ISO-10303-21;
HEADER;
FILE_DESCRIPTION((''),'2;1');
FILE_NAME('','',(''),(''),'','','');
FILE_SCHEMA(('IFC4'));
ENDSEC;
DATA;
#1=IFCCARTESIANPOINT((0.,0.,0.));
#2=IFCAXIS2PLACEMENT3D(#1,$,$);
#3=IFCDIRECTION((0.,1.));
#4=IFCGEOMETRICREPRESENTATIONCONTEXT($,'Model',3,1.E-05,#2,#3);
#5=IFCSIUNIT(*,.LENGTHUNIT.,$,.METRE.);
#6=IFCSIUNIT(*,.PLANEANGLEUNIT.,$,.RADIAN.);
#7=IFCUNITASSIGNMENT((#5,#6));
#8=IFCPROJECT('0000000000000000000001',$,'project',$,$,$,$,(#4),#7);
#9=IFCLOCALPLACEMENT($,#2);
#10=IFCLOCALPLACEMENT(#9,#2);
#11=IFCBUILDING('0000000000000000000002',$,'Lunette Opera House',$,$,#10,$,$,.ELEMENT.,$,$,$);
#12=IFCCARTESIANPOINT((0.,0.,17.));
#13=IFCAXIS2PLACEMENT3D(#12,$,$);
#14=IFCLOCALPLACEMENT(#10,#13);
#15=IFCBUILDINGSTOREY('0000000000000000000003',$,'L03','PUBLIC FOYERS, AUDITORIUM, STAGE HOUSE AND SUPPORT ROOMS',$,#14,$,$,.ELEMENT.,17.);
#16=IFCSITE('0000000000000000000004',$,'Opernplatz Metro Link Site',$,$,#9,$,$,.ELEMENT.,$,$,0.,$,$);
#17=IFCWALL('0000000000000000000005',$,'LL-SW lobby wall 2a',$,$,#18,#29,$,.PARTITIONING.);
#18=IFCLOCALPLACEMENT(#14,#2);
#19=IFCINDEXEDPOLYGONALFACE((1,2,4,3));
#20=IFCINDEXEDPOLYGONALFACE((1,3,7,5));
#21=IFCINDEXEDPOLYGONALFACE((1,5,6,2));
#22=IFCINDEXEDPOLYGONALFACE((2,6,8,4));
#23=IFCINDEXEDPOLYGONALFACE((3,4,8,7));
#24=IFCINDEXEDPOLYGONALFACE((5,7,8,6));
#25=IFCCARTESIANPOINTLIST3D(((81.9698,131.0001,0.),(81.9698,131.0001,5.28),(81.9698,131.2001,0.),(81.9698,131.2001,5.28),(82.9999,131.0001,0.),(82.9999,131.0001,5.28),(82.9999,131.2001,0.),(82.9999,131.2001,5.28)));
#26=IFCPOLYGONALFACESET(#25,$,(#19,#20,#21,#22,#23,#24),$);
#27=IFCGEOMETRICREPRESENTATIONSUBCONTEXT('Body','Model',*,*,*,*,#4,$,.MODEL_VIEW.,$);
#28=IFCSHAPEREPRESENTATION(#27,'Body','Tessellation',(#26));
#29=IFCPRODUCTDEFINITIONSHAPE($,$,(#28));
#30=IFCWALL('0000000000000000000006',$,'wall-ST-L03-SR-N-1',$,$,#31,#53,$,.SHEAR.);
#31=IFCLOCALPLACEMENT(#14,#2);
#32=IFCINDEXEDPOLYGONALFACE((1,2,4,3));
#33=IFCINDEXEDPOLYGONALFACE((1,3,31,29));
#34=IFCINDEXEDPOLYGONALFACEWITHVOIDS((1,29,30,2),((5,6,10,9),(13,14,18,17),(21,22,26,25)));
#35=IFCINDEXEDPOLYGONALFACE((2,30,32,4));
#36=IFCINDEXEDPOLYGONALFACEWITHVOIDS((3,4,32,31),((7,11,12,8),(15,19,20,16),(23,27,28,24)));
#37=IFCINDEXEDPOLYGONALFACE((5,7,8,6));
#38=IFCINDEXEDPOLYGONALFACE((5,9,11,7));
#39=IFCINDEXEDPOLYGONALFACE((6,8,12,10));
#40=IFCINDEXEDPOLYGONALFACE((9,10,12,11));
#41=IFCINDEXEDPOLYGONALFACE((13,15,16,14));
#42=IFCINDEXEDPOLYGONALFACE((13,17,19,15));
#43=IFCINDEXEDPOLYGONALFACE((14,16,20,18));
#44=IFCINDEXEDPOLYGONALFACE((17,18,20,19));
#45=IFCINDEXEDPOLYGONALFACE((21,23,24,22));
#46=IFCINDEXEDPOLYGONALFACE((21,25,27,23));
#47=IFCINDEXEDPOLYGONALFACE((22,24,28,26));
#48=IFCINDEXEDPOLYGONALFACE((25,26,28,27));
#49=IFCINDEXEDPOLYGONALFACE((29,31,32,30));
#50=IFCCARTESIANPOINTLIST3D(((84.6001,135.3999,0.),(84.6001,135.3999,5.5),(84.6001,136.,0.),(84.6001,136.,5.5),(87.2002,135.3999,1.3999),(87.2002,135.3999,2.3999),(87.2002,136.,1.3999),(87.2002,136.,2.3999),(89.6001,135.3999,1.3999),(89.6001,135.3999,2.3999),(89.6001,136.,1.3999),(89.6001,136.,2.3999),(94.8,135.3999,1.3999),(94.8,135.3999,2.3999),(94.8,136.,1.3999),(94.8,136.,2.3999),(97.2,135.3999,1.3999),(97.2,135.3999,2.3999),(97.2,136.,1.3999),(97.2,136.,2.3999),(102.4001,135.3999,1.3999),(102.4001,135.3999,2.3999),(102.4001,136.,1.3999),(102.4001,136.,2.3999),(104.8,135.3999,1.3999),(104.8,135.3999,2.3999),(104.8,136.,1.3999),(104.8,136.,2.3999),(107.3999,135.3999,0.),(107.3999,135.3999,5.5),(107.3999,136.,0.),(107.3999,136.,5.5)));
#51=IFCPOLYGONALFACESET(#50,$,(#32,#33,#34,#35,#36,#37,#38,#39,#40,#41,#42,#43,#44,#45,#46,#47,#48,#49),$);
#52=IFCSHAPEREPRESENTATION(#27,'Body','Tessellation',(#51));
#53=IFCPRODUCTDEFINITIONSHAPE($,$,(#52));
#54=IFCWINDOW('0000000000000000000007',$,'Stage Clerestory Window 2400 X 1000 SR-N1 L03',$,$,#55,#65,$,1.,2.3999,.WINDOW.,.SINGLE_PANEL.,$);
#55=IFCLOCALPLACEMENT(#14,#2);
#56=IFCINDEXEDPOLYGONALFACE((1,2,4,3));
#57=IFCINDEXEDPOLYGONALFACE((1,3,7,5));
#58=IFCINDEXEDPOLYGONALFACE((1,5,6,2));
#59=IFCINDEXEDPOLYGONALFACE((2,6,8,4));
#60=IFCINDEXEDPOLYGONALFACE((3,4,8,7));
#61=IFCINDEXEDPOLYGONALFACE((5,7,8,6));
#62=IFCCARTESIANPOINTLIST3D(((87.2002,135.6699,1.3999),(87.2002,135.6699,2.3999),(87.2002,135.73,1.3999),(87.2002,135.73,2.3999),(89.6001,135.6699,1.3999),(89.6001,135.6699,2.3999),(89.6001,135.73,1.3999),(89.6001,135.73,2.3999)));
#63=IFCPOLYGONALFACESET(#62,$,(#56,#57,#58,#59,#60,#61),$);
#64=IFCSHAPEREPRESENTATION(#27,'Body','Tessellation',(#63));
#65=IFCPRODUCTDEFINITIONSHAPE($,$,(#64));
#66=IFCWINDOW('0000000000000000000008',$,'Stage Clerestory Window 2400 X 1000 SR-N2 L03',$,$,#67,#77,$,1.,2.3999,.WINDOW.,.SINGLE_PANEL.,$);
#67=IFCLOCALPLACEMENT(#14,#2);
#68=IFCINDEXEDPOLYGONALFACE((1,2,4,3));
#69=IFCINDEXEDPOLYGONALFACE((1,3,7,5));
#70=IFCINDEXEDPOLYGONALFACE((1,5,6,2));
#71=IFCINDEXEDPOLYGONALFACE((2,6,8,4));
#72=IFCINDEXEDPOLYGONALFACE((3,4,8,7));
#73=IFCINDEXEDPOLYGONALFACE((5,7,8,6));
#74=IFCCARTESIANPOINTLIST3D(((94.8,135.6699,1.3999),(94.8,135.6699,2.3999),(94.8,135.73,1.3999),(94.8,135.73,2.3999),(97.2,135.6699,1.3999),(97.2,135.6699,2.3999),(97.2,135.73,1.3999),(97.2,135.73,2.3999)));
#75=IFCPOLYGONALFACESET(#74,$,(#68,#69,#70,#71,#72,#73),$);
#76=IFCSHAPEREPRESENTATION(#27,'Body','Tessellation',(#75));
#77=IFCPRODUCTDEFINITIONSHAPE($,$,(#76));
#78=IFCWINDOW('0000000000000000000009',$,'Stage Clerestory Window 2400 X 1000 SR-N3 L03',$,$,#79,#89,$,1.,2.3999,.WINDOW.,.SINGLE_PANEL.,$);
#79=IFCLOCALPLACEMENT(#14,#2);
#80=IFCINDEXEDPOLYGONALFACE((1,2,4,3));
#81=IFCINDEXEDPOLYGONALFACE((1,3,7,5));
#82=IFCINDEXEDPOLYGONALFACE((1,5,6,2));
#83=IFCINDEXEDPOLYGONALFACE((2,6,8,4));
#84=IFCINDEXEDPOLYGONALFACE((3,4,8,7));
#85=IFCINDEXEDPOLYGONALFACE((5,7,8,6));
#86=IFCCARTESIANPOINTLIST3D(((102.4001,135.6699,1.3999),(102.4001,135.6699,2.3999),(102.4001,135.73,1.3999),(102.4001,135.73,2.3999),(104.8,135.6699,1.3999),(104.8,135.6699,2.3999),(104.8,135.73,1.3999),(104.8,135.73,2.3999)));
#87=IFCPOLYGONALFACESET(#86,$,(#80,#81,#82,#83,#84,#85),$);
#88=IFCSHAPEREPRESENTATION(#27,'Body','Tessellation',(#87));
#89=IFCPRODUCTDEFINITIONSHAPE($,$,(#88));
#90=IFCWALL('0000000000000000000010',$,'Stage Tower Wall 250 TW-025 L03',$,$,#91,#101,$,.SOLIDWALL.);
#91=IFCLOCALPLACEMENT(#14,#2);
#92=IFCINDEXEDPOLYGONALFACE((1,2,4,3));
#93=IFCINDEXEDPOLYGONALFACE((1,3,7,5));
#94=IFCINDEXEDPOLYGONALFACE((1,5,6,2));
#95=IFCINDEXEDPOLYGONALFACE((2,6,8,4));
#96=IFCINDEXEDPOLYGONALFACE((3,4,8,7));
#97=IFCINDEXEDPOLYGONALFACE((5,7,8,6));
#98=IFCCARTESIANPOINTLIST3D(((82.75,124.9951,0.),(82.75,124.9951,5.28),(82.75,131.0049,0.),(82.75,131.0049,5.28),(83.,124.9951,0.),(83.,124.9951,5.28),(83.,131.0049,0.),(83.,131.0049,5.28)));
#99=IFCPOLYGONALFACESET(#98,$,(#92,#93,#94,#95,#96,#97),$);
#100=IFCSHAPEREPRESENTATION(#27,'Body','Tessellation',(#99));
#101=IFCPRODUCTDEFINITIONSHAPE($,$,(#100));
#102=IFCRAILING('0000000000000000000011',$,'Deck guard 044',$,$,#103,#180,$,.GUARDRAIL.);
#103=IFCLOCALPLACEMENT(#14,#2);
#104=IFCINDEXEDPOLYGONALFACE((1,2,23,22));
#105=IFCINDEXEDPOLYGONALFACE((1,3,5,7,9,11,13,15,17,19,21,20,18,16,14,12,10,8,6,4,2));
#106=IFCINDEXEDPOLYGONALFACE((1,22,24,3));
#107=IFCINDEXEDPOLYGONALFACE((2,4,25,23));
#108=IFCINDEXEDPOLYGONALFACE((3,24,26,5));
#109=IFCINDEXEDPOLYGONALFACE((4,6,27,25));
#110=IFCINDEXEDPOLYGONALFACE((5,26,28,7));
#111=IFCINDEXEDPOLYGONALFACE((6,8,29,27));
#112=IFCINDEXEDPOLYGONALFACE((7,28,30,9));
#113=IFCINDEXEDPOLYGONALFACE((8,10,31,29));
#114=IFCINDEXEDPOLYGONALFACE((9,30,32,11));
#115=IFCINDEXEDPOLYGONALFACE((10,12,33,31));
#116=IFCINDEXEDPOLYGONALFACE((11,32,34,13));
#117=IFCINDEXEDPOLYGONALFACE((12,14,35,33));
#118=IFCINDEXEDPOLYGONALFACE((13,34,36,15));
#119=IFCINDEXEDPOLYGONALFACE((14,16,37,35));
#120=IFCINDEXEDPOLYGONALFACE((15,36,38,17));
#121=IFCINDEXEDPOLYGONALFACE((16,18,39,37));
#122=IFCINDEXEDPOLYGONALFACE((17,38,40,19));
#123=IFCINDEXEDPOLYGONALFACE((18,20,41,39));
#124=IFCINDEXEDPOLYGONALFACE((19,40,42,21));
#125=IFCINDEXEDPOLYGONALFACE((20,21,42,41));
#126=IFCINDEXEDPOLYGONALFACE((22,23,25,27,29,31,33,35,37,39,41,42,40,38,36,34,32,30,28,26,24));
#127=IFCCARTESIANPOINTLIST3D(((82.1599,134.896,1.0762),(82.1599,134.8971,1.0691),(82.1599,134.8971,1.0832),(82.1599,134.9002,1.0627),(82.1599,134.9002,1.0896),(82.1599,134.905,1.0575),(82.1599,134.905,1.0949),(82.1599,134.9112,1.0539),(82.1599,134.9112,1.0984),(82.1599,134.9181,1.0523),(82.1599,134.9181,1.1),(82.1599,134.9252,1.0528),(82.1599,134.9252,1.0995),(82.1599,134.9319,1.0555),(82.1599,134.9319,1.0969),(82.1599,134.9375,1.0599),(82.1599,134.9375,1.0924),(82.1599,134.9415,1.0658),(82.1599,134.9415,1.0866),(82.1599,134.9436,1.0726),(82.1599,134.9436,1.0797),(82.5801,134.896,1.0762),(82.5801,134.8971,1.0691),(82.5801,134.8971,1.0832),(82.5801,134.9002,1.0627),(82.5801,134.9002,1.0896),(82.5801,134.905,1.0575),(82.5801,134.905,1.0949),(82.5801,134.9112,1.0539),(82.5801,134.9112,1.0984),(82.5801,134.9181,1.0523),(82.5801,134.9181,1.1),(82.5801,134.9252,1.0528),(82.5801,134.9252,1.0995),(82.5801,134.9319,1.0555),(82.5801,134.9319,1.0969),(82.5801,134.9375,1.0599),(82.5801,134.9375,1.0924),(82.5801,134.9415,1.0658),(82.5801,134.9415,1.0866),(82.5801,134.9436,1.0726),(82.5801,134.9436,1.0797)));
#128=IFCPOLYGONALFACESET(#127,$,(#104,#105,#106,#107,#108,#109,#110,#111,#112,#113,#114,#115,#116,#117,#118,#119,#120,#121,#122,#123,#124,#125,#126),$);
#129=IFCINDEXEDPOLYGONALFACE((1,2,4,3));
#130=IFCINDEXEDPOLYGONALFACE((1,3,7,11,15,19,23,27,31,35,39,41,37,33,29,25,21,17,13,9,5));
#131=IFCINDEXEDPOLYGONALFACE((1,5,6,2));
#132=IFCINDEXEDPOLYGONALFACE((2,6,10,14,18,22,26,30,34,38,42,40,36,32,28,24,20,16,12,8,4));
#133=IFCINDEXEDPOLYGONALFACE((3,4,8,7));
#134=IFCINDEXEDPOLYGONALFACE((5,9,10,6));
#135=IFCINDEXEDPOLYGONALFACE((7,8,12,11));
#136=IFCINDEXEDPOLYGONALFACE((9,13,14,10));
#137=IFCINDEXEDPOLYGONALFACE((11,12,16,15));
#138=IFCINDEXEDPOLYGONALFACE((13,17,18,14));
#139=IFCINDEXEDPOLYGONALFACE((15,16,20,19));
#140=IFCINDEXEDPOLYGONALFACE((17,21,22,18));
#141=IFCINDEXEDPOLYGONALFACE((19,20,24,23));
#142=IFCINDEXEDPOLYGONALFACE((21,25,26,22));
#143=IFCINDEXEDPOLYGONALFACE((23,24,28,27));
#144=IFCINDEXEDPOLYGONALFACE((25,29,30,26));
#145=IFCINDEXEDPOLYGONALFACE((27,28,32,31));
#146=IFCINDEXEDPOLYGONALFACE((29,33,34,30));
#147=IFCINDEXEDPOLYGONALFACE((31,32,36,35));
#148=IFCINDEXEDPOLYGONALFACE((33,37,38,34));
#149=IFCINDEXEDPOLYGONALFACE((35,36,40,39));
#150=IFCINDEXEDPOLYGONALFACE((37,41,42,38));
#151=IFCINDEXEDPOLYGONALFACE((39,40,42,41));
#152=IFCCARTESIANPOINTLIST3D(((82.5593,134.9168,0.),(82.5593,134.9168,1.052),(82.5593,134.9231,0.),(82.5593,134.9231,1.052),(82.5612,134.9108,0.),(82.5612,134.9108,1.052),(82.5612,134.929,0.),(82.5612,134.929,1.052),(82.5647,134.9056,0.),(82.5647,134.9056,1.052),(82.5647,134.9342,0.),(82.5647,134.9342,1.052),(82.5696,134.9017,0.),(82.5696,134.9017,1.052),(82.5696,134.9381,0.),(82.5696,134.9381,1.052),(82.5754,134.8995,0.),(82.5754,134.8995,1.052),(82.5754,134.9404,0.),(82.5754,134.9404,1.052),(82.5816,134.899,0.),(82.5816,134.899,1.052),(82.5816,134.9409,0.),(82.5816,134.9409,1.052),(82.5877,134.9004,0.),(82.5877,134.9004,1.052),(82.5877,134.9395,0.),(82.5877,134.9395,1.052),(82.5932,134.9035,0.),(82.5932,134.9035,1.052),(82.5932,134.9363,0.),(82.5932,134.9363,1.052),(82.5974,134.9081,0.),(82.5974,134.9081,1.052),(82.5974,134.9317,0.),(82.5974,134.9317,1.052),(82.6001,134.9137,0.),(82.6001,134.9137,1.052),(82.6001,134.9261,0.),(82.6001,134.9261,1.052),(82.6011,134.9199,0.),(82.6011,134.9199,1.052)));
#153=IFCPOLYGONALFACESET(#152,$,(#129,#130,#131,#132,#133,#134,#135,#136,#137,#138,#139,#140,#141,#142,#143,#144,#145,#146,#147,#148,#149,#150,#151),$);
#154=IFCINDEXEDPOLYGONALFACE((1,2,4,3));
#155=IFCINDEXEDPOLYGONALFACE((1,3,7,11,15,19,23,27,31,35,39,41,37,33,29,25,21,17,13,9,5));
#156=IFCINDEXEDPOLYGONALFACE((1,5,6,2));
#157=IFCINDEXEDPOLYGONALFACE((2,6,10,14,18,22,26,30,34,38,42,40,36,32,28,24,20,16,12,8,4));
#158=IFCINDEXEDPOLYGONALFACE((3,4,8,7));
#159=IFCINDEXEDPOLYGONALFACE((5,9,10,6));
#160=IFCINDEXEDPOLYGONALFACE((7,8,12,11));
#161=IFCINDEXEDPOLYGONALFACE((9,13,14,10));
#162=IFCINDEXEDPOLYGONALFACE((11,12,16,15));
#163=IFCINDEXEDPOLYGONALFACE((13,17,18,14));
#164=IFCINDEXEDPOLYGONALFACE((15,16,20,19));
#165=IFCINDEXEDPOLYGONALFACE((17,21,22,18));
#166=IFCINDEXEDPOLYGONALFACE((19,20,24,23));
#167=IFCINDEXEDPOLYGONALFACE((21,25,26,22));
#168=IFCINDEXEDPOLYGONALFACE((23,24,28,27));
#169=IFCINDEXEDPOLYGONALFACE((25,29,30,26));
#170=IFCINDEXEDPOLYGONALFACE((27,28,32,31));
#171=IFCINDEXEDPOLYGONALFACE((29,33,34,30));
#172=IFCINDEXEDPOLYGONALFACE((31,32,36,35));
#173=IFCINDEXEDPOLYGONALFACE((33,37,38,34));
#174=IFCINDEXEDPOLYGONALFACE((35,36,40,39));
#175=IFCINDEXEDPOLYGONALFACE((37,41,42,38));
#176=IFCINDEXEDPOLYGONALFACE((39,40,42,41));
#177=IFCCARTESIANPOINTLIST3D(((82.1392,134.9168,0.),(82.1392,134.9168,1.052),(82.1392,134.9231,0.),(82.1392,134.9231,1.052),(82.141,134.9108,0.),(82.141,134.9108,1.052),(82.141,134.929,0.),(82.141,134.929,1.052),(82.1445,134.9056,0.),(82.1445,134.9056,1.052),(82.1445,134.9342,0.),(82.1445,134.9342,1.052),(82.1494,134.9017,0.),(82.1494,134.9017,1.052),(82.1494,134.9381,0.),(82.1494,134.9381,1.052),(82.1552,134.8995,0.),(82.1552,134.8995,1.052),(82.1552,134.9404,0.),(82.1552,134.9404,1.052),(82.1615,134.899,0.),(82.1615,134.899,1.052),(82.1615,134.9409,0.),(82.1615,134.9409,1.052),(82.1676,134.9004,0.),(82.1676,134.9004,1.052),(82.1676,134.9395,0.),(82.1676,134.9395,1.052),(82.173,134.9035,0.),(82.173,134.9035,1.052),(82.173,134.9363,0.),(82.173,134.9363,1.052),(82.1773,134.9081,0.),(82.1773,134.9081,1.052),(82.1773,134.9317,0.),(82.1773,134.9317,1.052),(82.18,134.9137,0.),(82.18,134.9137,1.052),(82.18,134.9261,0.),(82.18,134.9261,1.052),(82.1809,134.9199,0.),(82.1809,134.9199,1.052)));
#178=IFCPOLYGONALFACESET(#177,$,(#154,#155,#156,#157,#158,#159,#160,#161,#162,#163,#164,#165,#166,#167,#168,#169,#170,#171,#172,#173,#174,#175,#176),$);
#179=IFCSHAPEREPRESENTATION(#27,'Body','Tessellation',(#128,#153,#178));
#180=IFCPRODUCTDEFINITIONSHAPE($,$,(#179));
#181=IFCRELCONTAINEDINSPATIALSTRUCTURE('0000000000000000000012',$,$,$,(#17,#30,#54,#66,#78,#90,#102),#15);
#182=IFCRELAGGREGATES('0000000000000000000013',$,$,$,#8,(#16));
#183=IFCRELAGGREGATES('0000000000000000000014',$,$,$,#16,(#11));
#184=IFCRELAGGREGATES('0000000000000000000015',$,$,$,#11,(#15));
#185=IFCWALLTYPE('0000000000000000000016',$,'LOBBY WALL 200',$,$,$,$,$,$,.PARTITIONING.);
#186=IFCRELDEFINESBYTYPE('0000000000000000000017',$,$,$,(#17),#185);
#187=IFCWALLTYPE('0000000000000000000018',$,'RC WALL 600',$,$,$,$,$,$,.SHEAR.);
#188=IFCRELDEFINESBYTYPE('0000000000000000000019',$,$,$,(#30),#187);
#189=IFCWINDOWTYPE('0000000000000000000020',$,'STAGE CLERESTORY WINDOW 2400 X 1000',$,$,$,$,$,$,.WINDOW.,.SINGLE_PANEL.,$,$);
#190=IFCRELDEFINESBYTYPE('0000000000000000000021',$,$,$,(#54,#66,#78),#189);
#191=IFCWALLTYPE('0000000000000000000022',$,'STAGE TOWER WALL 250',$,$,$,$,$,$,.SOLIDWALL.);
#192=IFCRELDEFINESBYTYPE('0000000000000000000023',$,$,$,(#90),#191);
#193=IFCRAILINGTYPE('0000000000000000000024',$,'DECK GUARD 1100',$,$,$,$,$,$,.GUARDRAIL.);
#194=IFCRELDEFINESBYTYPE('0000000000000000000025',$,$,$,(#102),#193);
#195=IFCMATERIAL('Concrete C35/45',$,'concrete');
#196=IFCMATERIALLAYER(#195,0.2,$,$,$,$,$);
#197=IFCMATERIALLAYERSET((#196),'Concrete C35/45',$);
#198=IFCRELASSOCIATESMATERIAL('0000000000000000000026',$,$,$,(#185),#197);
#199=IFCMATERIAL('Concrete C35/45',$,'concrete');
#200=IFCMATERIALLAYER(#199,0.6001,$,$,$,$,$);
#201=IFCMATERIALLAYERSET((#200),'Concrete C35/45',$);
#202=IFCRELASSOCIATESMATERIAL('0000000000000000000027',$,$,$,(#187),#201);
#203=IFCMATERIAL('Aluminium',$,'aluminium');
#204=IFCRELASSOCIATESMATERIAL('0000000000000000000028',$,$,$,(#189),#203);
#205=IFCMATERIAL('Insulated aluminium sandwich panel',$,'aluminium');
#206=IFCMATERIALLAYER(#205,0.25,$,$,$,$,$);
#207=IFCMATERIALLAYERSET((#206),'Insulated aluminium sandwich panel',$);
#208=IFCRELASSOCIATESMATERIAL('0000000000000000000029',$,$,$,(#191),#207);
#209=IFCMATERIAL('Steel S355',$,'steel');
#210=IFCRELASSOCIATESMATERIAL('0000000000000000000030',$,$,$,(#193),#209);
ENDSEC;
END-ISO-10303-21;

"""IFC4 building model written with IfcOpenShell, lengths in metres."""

from ifc_helpers import new_model, si_unit, direction, frame, frame_2d, origin, origin_2d, place, context, subcontext, project, spatial, rectangle, circle, extrude, material, layer, layer_set, type_object, element, fill, save


model = new_model("IFC4")

# Units and contexts
model_context = context("Model", 3, precision=1e-05, world=origin(), true_north=direction((0.0, 1.0)))
body_context = subcontext(model_context, "Body", "Model", "MODEL_VIEW")
ifc_project = project(units=[si_unit("LENGTHUNIT", "METRE"), si_unit("PLANEANGLEUNIT", "RADIAN")], contexts=[model_context])

# Site, building, storey
site_placement = place(None, origin())
site = spatial("IfcSite", under=ifc_project, at=site_placement, Name="Opernplatz Metro Link Site", CompositionType="ELEMENT", RefElevation=0.0)
building_placement = place(site_placement, origin())
building = spatial("IfcBuilding", under=site, at=building_placement, Name="Lunette Opera House", CompositionType="ELEMENT")
storey_placement = place(building_placement, frame((0.0, 0.0, 17.0)))
storey = spatial("IfcBuildingStorey", under=building, at=storey_placement, Name="L03", Description="PUBLIC FOYERS, AUDITORIUM, STAGE HOUSE AND SUPPORT ROOMS", CompositionType="ELEMENT", Elevation=17.0)

# Wall
ifc_material_1 = material(Name="Concrete C35/45", Category="concrete")
ifc_layer_1 = layer(ifc_material_1, 0.2)
ifc_layer_set_1 = layer_set([ifc_layer_1], Name="Concrete C35/45")
wall_type_1 = type_object("IfcWallType", Name="LOBBY WALL 200", PredefinedType="PARTITIONING", material=ifc_layer_set_1)
wall_1_placement = place(storey_placement, frame((83.0, 131.1001, 0.0), z_axis=(0.0, 0.0, 1.0), x_axis=(-1.0, 0.0, 0.0)))
element("IfcWall", 1, at=wall_1_placement, inside=storey, type_object=wall_type_1, Name="LL-SW lobby wall 2a", PredefinedType="PARTITIONING", context=body_context, shape_type="SweptSolid", body=[
    extrude(rectangle(XDim=1.03, YDim=0.2, at=frame_2d((0.5151, 0.0))), origin(), (0.0, 0.0, 1.0), 5.28),
])

# Wall, openings, windows
ifc_material_2 = material(Name="Concrete C35/45", Category="concrete")
ifc_layer_2 = layer(ifc_material_2, 0.6001)
ifc_layer_set_2 = layer_set([ifc_layer_2], Name="Concrete C35/45")
wall_type_2 = type_object("IfcWallType", Name="RC WALL 600", PredefinedType="SHEAR", material=ifc_layer_set_2)
wall_2_placement = place(storey_placement, frame((84.6001, 135.7, 0.0), z_axis=(0.0, 0.0, 1.0), x_axis=(1.0, 0.0, 0.0)))
wall_2 = element("IfcWall", 2, at=wall_2_placement, inside=storey, type_object=wall_type_2, Name="wall-ST-L03-SR-N-1", PredefinedType="SHEAR", context=body_context, shape_type="SweptSolid", body=[
    extrude(rectangle(XDim=22.7998, YDim=0.6001, at=frame_2d((11.3999, 0.0))), origin(), (0.0, 0.0, 1.0), 5.5),
])
opening_1_placement = place(wall_2_placement, frame((2.6001, 0.0, 1.3999)))
opening_1 = element("IfcOpeningElement", 3, at=opening_1_placement, cuts=wall_2, PredefinedType="OPENING", context=body_context, shape_type="SweptSolid", body=[
    extrude(rectangle(XDim=2.3999, YDim=1.0, at=frame_2d((1.2, 0.5))), frame((0.0, 0.312, 0.0), z_axis=(0.0, -1.0, 0.0), x_axis=(1.0, 0.0, 0.0)), (0.0, 0.0, 1.0), 0.624),
])
opening_2_placement = place(wall_2_placement, frame((10.2, 0.0, 1.3999)))
opening_2 = element("IfcOpeningElement", 4, at=opening_2_placement, cuts=wall_2, PredefinedType="OPENING", context=body_context, shape_type="SweptSolid", body=[
    extrude(rectangle(XDim=2.3999, YDim=1.0, at=frame_2d((1.2, 0.5))), frame((0.0, 0.312, 0.0), z_axis=(0.0, -1.0, 0.0), x_axis=(1.0, 0.0, 0.0)), (0.0, 0.0, 1.0), 0.624),
])
opening_3_placement = place(wall_2_placement, frame((17.8, 0.0, 1.3999)))
opening_3 = element("IfcOpeningElement", 5, at=opening_3_placement, cuts=wall_2, PredefinedType="OPENING", context=body_context, shape_type="SweptSolid", body=[
    extrude(rectangle(XDim=2.3999, YDim=1.0, at=frame_2d((1.2, 0.5))), frame((0.0, 0.312, 0.0), z_axis=(0.0, -1.0, 0.0), x_axis=(1.0, 0.0, 0.0)), (0.0, 0.0, 1.0), 0.624),
])
ifc_material_3 = material(Name="Aluminium", Category="aluminium")
window_type = type_object("IfcWindowType", Name="STAGE CLERESTORY WINDOW 2400 X 1000", PartitioningType="SINGLE_PANEL", PredefinedType="WINDOW", material=ifc_material_3)
window_1_placement = place(opening_1_placement, origin())
window_1 = element("IfcWindow", 6, at=window_1_placement, inside=storey, type_object=window_type, Name="Stage Clerestory Window 2400 X 1000 SR-N1 L03", OverallHeight=1.0, OverallWidth=2.3999, PartitioningType="SINGLE_PANEL", PredefinedType="WINDOW", context=body_context, shape_type="SweptSolid", body=[
    extrude(rectangle(XDim=2.3999, YDim=1.0, at=frame_2d((1.2, 0.5))), frame((0.0, 0.03, 0.0), z_axis=(0.0, -1.0, 0.0), x_axis=(1.0, 0.0, 0.0)), (0.0, 0.0, 1.0), 0.0601),
])
fill(opening_1, window_1)
window_2_placement = place(opening_2_placement, origin())
window_2 = element("IfcWindow", 7, at=window_2_placement, inside=storey, type_object=window_type, Name="Stage Clerestory Window 2400 X 1000 SR-N2 L03", OverallHeight=1.0, OverallWidth=2.3999, PartitioningType="SINGLE_PANEL", PredefinedType="WINDOW", context=body_context, shape_type="SweptSolid", body=[
    extrude(rectangle(XDim=2.3999, YDim=1.0, at=frame_2d((1.2, 0.5))), frame((0.0, 0.03, 0.0), z_axis=(0.0, -1.0, 0.0), x_axis=(1.0, 0.0, 0.0)), (0.0, 0.0, 1.0), 0.0601),
])
fill(opening_2, window_2)
window_3_placement = place(opening_3_placement, origin())
window_3 = element("IfcWindow", 8, at=window_3_placement, inside=storey, type_object=window_type, Name="Stage Clerestory Window 2400 X 1000 SR-N3 L03", OverallHeight=1.0, OverallWidth=2.3999, PartitioningType="SINGLE_PANEL", PredefinedType="WINDOW", context=body_context, shape_type="SweptSolid", body=[
    extrude(rectangle(XDim=2.3999, YDim=1.0, at=frame_2d((1.2, 0.5))), frame((0.0, 0.03, 0.0), z_axis=(0.0, -1.0, 0.0), x_axis=(1.0, 0.0, 0.0)), (0.0, 0.0, 1.0), 0.0601),
])
fill(opening_3, window_3)

# Wall
ifc_material_4 = material(Name="Insulated aluminium sandwich panel", Category="aluminium")
ifc_layer_3 = layer(ifc_material_4, 0.25)
ifc_layer_set_3 = layer_set([ifc_layer_3], Name="Insulated aluminium sandwich panel")
wall_type_3 = type_object("IfcWallType", Name="STAGE TOWER WALL 250", PredefinedType="SOLIDWALL", material=ifc_layer_set_3)
wall_3_placement = place(storey_placement, frame((82.875, 124.9951, 0.0), z_axis=(0.0, 0.0, 1.0), x_axis=(0.0, 1.0, 0.0)))
element("IfcWall", 9, at=wall_3_placement, inside=storey, type_object=wall_type_3, Name="Stage Tower Wall 250 TW-025 L03", PredefinedType="SOLIDWALL", context=body_context, shape_type="SweptSolid", body=[
    extrude(rectangle(XDim=6.0098, YDim=0.25, at=frame_2d((3.0049, 0.0))), origin(), (0.0, 0.0, 1.0), 5.28),
])

# Railing
ifc_material_5 = material(Name="Steel S355", Category="steel")
railing_type = type_object("IfcRailingType", Name="DECK GUARD 1100", PredefinedType="GUARDRAIL", material=ifc_material_5)
railing_placement = place(storey_placement, frame((82.5801, 134.9199, 0.0)))
element("IfcRailing", 10, at=railing_placement, inside=storey, type_object=railing_type, Name="Deck guard 044", PredefinedType="GUARDRAIL", context=body_context, shape_type="SweptSolid", body=[
    extrude(circle(Radius=0.0239, at=origin_2d()), frame((0.0, 0.0, 1.0762), z_axis=(-1.0, 0.0, 0.0), x_axis=(0.0, -1.0, 0.0)), (0.0, 0.0, 1.0), 0.4202),
    extrude(circle(Radius=0.021, at=origin_2d()), origin(), (0.0, 0.0, 1.0), 1.052),
    extrude(circle(Radius=0.021, at=origin_2d()), frame((-0.4202, 0.0, 0.0)), (0.0, 0.0, 1.0), 1.052),
])

save(model, "model.ifc")
